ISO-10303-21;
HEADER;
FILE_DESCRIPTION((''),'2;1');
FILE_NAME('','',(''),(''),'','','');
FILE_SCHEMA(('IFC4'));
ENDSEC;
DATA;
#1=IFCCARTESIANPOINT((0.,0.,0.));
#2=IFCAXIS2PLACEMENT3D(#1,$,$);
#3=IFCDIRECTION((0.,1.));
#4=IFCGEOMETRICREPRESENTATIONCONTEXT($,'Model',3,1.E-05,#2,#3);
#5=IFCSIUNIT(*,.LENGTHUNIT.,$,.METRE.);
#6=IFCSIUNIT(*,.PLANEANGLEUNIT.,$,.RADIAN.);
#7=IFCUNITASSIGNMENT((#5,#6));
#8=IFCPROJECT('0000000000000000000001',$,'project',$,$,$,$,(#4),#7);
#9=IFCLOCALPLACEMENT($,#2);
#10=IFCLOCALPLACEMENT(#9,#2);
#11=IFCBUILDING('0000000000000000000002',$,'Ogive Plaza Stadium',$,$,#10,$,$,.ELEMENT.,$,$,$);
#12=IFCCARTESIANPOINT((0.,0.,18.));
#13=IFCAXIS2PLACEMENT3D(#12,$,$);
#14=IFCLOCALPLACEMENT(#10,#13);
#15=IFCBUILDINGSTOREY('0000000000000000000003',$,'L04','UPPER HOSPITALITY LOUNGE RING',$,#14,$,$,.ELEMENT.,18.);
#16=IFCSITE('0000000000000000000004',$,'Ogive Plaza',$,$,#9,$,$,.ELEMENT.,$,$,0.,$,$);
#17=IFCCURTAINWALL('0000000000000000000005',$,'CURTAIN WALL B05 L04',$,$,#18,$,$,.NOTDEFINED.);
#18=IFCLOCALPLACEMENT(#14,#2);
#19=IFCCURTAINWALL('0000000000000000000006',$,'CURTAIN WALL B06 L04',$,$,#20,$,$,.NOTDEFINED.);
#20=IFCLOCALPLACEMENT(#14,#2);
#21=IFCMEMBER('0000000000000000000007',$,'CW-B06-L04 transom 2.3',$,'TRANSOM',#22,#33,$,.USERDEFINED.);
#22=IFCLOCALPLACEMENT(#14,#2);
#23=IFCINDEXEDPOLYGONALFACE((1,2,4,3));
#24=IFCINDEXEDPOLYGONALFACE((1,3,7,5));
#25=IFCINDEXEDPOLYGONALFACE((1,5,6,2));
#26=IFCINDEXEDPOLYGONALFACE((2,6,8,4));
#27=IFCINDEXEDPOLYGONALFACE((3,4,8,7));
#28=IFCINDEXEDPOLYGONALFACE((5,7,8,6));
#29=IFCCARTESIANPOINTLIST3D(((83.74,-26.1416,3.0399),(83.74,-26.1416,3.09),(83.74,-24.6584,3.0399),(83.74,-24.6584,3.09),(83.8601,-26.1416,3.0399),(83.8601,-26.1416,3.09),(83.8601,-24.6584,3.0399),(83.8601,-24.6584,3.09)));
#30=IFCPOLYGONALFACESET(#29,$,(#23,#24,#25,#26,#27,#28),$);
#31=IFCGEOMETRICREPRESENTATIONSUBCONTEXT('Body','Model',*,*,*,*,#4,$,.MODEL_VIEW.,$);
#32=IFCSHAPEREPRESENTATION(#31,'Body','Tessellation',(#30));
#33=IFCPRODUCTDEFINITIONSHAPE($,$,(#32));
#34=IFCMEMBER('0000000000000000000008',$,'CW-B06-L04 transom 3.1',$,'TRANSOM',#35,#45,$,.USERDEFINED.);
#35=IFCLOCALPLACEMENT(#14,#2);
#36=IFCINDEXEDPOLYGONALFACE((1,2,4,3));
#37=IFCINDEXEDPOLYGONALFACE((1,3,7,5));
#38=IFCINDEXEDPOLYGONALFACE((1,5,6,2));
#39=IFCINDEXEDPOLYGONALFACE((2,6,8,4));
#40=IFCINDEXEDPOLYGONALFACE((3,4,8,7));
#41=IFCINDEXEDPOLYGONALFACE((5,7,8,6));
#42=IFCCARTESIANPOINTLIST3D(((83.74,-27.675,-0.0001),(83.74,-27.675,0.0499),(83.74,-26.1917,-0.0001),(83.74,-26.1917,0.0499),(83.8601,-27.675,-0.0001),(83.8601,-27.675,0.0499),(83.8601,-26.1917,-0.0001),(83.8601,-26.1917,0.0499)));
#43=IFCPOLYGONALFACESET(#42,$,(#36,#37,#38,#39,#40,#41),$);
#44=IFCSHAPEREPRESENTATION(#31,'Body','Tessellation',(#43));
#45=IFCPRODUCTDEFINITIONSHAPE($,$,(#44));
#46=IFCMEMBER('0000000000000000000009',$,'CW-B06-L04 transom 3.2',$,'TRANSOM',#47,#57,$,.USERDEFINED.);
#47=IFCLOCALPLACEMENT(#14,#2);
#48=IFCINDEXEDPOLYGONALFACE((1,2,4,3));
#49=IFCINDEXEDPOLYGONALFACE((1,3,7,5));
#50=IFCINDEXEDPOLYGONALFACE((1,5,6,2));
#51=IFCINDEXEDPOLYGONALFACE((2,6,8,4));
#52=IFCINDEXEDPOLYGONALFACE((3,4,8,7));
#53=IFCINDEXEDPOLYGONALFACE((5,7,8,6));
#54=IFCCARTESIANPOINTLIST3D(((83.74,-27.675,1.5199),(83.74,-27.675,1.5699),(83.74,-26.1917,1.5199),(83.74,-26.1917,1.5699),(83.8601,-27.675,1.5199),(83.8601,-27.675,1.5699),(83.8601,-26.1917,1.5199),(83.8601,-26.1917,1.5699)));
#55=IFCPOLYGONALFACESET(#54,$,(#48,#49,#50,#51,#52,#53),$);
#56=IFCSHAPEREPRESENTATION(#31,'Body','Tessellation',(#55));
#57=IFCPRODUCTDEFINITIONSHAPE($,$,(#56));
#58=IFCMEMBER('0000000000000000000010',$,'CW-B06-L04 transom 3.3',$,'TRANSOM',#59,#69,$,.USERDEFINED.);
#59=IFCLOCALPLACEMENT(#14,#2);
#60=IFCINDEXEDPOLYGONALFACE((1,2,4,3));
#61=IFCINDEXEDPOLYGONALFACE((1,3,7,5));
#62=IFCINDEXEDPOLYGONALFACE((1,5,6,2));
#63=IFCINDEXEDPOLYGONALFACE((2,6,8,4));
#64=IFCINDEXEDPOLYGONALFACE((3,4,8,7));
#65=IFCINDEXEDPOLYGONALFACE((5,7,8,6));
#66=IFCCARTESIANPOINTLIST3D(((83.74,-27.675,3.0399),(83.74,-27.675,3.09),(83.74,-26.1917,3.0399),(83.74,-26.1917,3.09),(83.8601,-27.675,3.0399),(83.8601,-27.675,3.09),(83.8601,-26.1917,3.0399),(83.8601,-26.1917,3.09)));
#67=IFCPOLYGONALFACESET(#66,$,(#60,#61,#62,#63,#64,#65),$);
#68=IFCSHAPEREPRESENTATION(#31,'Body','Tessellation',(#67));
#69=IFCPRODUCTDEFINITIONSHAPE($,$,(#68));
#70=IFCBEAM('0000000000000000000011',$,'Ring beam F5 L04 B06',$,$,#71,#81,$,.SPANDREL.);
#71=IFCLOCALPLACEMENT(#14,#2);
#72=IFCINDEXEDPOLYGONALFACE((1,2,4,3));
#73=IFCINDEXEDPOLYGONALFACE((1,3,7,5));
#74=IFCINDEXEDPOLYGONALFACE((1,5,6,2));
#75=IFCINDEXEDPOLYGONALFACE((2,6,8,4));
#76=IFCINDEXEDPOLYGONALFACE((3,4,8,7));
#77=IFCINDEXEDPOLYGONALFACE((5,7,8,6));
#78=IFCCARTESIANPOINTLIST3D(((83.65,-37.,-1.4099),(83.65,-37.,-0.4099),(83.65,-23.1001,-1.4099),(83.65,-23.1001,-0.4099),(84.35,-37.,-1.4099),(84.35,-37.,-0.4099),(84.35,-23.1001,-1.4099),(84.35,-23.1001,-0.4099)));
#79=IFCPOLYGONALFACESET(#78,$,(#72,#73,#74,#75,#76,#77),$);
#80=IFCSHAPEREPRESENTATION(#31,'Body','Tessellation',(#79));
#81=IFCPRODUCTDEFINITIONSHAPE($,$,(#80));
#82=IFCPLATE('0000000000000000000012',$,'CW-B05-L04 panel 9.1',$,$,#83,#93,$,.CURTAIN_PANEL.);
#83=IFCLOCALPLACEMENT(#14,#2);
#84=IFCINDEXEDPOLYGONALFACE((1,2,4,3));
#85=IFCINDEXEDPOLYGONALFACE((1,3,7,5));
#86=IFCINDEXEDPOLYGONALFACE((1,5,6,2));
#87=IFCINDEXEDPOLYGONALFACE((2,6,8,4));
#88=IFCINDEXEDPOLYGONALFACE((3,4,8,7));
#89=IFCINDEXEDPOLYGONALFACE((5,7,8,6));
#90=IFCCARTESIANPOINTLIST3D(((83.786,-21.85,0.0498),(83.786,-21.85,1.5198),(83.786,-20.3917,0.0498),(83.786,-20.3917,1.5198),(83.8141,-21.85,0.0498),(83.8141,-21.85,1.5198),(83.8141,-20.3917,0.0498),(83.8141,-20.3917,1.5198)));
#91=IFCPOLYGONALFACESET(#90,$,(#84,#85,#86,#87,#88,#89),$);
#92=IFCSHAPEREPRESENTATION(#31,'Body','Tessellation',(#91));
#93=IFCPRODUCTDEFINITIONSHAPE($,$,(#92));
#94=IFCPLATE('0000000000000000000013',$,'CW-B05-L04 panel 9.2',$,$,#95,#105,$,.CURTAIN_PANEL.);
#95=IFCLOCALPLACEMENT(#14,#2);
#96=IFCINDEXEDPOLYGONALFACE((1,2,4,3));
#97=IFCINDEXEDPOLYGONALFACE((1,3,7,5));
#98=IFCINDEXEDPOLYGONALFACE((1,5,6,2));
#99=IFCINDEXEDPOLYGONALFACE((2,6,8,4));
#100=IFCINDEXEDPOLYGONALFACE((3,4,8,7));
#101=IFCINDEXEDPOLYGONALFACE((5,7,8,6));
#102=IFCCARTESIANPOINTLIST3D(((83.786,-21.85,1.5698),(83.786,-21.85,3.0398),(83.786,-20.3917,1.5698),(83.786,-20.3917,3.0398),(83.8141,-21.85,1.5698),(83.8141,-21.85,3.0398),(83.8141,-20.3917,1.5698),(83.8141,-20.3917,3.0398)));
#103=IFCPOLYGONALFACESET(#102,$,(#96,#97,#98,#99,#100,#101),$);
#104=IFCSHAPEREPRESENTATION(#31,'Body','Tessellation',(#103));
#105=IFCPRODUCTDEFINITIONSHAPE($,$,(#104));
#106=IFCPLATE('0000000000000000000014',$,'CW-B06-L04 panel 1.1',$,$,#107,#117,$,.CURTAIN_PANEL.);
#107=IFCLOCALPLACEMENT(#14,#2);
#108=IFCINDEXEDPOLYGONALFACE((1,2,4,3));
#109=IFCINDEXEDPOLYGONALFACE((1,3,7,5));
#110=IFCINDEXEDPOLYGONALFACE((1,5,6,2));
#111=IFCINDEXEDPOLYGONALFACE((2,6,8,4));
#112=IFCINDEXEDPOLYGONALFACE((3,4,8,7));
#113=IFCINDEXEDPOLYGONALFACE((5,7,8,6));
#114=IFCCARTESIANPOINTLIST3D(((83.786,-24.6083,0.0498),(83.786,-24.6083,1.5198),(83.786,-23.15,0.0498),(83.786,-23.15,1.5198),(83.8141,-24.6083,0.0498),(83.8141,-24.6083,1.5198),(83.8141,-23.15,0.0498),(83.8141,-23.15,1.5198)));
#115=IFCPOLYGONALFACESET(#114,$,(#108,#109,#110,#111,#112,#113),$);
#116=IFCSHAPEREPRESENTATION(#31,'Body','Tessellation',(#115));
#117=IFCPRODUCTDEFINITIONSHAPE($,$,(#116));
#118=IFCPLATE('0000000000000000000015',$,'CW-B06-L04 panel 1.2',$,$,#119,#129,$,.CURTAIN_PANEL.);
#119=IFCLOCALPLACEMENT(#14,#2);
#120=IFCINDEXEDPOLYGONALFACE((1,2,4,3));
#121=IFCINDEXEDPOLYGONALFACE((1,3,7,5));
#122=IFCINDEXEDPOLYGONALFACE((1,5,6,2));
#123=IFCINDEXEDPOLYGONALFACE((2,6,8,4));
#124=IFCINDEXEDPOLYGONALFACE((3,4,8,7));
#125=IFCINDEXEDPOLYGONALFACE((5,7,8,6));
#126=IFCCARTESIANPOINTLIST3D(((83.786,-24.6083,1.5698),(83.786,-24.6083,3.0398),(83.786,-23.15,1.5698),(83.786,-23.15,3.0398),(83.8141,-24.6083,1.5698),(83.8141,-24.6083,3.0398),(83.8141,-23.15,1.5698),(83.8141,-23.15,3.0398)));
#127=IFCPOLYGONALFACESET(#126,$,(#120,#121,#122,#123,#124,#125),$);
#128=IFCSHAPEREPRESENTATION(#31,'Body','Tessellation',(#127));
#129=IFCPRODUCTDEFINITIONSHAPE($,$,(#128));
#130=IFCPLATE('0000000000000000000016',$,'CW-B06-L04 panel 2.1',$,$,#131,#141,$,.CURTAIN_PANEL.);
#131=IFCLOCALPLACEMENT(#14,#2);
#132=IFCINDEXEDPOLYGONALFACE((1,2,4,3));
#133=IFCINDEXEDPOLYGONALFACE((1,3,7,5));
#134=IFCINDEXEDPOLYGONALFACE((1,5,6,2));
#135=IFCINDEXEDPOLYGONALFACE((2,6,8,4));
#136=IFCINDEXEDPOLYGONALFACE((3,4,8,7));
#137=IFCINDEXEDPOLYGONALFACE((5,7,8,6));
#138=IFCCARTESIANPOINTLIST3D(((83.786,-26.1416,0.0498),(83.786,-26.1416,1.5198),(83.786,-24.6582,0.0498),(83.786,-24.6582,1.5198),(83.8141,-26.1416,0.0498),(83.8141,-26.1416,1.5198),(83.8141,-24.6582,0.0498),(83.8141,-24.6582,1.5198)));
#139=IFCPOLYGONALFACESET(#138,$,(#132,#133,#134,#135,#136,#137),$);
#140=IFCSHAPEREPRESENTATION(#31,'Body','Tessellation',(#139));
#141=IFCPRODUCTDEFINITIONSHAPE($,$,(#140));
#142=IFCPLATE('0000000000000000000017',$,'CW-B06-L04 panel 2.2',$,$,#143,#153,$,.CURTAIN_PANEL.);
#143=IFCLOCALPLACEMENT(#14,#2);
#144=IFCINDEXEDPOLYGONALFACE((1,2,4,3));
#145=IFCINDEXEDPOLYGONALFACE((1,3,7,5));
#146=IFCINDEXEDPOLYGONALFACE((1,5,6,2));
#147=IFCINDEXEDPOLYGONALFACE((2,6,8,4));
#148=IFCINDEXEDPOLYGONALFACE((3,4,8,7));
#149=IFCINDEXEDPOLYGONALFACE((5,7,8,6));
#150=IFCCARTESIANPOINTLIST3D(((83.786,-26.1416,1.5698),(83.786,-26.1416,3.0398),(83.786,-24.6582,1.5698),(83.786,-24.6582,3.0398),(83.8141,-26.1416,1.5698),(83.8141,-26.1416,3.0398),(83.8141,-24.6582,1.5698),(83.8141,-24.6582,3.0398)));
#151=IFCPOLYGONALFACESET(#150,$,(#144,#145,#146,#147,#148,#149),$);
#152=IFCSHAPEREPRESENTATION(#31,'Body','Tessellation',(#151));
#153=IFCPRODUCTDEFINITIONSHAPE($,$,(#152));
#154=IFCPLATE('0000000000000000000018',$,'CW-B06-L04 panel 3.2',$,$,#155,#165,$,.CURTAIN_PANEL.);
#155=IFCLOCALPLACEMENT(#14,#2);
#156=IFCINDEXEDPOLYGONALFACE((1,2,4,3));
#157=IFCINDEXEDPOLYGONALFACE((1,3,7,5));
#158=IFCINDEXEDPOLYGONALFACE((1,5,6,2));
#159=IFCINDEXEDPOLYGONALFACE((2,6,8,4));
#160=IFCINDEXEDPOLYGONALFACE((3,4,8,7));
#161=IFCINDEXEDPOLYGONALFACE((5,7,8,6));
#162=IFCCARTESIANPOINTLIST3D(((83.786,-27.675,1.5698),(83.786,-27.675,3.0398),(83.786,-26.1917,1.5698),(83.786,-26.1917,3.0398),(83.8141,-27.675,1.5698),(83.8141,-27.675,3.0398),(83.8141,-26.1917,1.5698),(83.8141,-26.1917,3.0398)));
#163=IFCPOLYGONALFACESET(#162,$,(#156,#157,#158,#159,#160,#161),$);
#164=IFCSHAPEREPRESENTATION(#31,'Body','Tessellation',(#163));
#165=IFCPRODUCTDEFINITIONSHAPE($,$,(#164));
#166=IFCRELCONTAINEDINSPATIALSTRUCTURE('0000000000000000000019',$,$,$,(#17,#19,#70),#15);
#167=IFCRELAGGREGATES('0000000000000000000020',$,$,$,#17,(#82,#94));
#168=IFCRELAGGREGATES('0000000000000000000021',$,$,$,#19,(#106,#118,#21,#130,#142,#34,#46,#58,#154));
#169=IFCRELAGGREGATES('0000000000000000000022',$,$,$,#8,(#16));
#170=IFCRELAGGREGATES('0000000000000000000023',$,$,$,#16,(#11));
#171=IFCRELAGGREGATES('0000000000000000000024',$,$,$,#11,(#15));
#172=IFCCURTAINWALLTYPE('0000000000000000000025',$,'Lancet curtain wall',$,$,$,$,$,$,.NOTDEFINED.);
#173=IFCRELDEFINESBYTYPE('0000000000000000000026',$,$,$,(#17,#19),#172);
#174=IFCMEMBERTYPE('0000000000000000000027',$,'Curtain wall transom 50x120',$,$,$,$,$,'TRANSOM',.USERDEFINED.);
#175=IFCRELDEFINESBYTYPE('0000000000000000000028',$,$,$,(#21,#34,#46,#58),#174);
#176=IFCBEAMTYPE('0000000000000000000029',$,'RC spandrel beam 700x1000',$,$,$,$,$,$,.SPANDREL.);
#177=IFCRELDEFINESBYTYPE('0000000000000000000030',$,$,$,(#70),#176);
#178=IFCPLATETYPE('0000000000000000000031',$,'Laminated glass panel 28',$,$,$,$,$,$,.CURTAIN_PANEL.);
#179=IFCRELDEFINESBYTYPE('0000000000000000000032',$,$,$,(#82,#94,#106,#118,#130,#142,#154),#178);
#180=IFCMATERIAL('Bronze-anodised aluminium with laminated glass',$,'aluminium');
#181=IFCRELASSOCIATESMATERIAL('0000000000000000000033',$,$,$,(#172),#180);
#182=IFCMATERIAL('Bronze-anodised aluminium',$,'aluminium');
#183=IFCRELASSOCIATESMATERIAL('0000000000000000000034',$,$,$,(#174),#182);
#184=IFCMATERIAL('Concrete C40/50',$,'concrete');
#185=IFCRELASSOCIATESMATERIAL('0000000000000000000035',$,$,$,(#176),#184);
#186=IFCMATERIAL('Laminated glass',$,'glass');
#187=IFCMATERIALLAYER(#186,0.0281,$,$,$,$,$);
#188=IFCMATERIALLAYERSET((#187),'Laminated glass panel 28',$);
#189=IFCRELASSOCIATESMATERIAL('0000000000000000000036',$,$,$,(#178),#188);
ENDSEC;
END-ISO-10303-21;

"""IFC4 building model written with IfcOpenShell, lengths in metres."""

from ifc_helpers import new_model, si_unit, direction, frame, origin, origin_2d, place, context, subcontext, project, spatial, rectangle, extrude, material, layer, layer_set, material_profile, profile_set, type_object, element, aggregate, save


model = new_model("IFC4")

# Units and contexts
model_context = context("Model", 3, precision=1e-05, world=origin(), true_north=direction((0.0, 1.0)))
body_context = subcontext(model_context, "Body", "Model", "MODEL_VIEW")
ifc_project = project(units=[si_unit("LENGTHUNIT", "METRE"), si_unit("PLANEANGLEUNIT", "RADIAN")], contexts=[model_context])

# Site, building, storey
site_placement = place(None, origin())
site = spatial("IfcSite", under=ifc_project, at=site_placement, Name="Ogive Plaza", CompositionType="ELEMENT", RefElevation=0.0)
building_placement = place(site_placement, origin())
building = spatial("IfcBuilding", under=site, at=building_placement, Name="Ogive Plaza Stadium", CompositionType="ELEMENT")
storey_placement = place(building_placement, frame((0.0, 0.0, 18.0)))
storey = spatial("IfcBuildingStorey", under=building, at=storey_placement, Name="L04", Description="UPPER HOSPITALITY LOUNGE RING", CompositionType="ELEMENT", Elevation=18.0)

# Curtain walls
ifc_material_1 = material(Name="Bronze-anodised aluminium with laminated glass", Category="aluminium")
curtain_wall_type = type_object("IfcCurtainWallType", Name="Lancet curtain wall", PredefinedType="NOTDEFINED", material=ifc_material_1)
curtain_wall_1_placement = place(storey_placement, origin())
curtain_wall_1 = element("IfcCurtainWall", 1, at=curtain_wall_1_placement, inside=storey, type_object=curtain_wall_type, Name="CURTAIN WALL B05 L04", PredefinedType="NOTDEFINED")
curtain_wall_2_placement = place(storey_placement, origin())
curtain_wall_2 = element("IfcCurtainWall", 2, at=curtain_wall_2_placement, inside=storey, type_object=curtain_wall_type, Name="CURTAIN WALL B06 L04", PredefinedType="NOTDEFINED")

# Members
ifc_material_2 = material(Name="Bronze-anodised aluminium", Category="aluminium")
ifc_material_profile_1 = material_profile(ifc_material_2, rectangle(XDim=0.1201, YDim=0.05, at=origin_2d()), Name="AL 120x50")
ifc_profile_set_1 = profile_set([ifc_material_profile_1], Name="Bronze-anodised aluminium")
member_type_1 = type_object("IfcMemberType", Name="Curtain wall transom 50x120", ElementType="TRANSOM", PredefinedType="USERDEFINED", material=ifc_profile_set_1)
member_1_placement = place(storey_placement, frame((83.8, -24.6584, 3.0649), z_axis=(0.0, -1.0, 0.0), x_axis=(1.0, 0.0, 0.0)))
member_1 = element("IfcMember", 3, at=member_1_placement, type_object=member_type_1, Name="CW-B06-L04 transom 2.3", ObjectType="TRANSOM", PredefinedType="USERDEFINED", context=body_context, shape_type="SweptSolid", body=[
    extrude(rectangle(XDim=0.1201, YDim=0.05, at=origin_2d()), origin(), (0.0, 0.0, 1.0), 1.4832),
])
member_2_placement = place(storey_placement, frame((83.8, -26.1917, 0.0249), z_axis=(0.0, -1.0, 0.0), x_axis=(1.0, 0.0, 0.0)))
member_2 = element("IfcMember", 4, at=member_2_placement, type_object=member_type_1, Name="CW-B06-L04 transom 3.1", ObjectType="TRANSOM", PredefinedType="USERDEFINED", context=body_context, shape_type="SweptSolid", body=[
    extrude(rectangle(XDim=0.1201, YDim=0.05, at=origin_2d()), origin(), (0.0, 0.0, 1.0), 1.4834),
])
member_3_placement = place(storey_placement, frame((83.8, -26.1917, 1.5449), z_axis=(0.0, -1.0, 0.0), x_axis=(1.0, 0.0, 0.0)))
member_3 = element("IfcMember", 5, at=member_3_placement, type_object=member_type_1, Name="CW-B06-L04 transom 3.2", ObjectType="TRANSOM", PredefinedType="USERDEFINED", context=body_context, shape_type="SweptSolid", body=[
    extrude(rectangle(XDim=0.1201, YDim=0.05, at=origin_2d()), origin(), (0.0, 0.0, 1.0), 1.4834),
])
member_4_placement = place(storey_placement, frame((83.8, -26.1917, 3.0649), z_axis=(0.0, -1.0, 0.0), x_axis=(1.0, 0.0, 0.0)))
member_4 = element("IfcMember", 6, at=member_4_placement, type_object=member_type_1, Name="CW-B06-L04 transom 3.3", ObjectType="TRANSOM", PredefinedType="USERDEFINED", context=body_context, shape_type="SweptSolid", body=[
    extrude(rectangle(XDim=0.1201, YDim=0.05, at=origin_2d()), origin(), (0.0, 0.0, 1.0), 1.4834),
])

# Beam
ifc_material_3 = material(Name="Concrete C40/50", Category="concrete")
ifc_material_profile_2 = material_profile(ifc_material_3, rectangle(XDim=0.7, YDim=1.0, at=origin_2d()), Name="RC 700x1000")
ifc_profile_set_2 = profile_set([ifc_material_profile_2], Name="Concrete C40/50")
beam_type = type_object("IfcBeamType", Name="RC spandrel beam 700x1000", PredefinedType="SPANDREL", material=ifc_profile_set_2)
beam_placement = place(storey_placement, frame((84.0, -23.1001, -0.9099), z_axis=(0.0, -1.0, 0.0), x_axis=(1.0, 0.0, 0.0)))
element("IfcBeam", 7, at=beam_placement, inside=storey, type_object=beam_type, Name="Ring beam F5 L04 B06", PredefinedType="SPANDREL", context=body_context, shape_type="SweptSolid", body=[
    extrude(rectangle(XDim=0.7, YDim=1.0, at=origin_2d()), origin(), (0.0, 0.0, 1.0), 13.8999),
])

# Plates
ifc_material_4 = material(Name="Laminated glass", Category="glass")
ifc_layer = layer(ifc_material_4, 0.0281)
ifc_layer_set = layer_set([ifc_layer], Name="Laminated glass panel 28")
plate_type = type_object("IfcPlateType", Name="Laminated glass panel 28", PredefinedType="CURTAIN_PANEL", material=ifc_layer_set)
plate_1_placement = place(storey_placement, frame((83.8, -21.1208, 0.0498), z_axis=(0.0, 0.0, 1.0), x_axis=(0.0, -1.0, 0.0)))
plate_1 = element("IfcPlate", 8, at=plate_1_placement, type_object=plate_type, Name="CW-B05-L04 panel 9.1", PredefinedType="CURTAIN_PANEL", context=body_context, shape_type="SweptSolid", body=[
    extrude(rectangle(XDim=1.4583, YDim=0.0281, at=origin_2d()), origin(), (0.0, 0.0, 1.0), 1.47),
])
plate_2_placement = place(storey_placement, frame((83.8, -21.1208, 1.5698), z_axis=(0.0, 0.0, 1.0), x_axis=(0.0, -1.0, 0.0)))
plate_2 = element("IfcPlate", 9, at=plate_2_placement, type_object=plate_type, Name="CW-B05-L04 panel 9.2", PredefinedType="CURTAIN_PANEL", context=body_context, shape_type="SweptSolid", body=[
    extrude(rectangle(XDim=1.4583, YDim=0.0281, at=origin_2d()), origin(), (0.0, 0.0, 1.0), 1.47),
])
aggregate(curtain_wall_1, [plate_1, plate_2])
plate_3_placement = place(storey_placement, frame((83.8, -23.8792, 0.0498), z_axis=(0.0, 0.0, 1.0), x_axis=(0.0, -1.0, 0.0)))
plate_3 = element("IfcPlate", 10, at=plate_3_placement, type_object=plate_type, Name="CW-B06-L04 panel 1.1", PredefinedType="CURTAIN_PANEL", context=body_context, shape_type="SweptSolid", body=[
    extrude(rectangle(XDim=1.4583, YDim=0.0281, at=origin_2d()), origin(), (0.0, 0.0, 1.0), 1.47),
])
plate_4_placement = place(storey_placement, frame((83.8, -23.8792, 1.5698), z_axis=(0.0, 0.0, 1.0), x_axis=(0.0, -1.0, 0.0)))
plate_4 = element("IfcPlate", 11, at=plate_4_placement, type_object=plate_type, Name="CW-B06-L04 panel 1.2", PredefinedType="CURTAIN_PANEL", context=body_context, shape_type="SweptSolid", body=[
    extrude(rectangle(XDim=1.4583, YDim=0.0281, at=origin_2d()), origin(), (0.0, 0.0, 1.0), 1.47),
])
plate_5_placement = place(storey_placement, frame((83.8, -25.3999, 0.0498), z_axis=(0.0, 0.0, 1.0), x_axis=(0.0, -1.0, 0.0)))
plate_5 = element("IfcPlate", 12, at=plate_5_placement, type_object=plate_type, Name="CW-B06-L04 panel 2.1", PredefinedType="CURTAIN_PANEL", context=body_context, shape_type="SweptSolid", body=[
    extrude(rectangle(XDim=1.4834, YDim=0.0281, at=origin_2d()), origin(), (0.0, 0.0, 1.0), 1.47),
])
plate_6_placement = place(storey_placement, frame((83.8, -25.3999, 1.5698), z_axis=(0.0, 0.0, 1.0), x_axis=(0.0, -1.0, 0.0)))
plate_6 = element("IfcPlate", 13, at=plate_6_placement, type_object=plate_type, Name="CW-B06-L04 panel 2.2", PredefinedType="CURTAIN_PANEL", context=body_context, shape_type="SweptSolid", body=[
    extrude(rectangle(XDim=1.4834, YDim=0.0281, at=origin_2d()), origin(), (0.0, 0.0, 1.0), 1.47),
])
plate_7_placement = place(storey_placement, frame((83.8, -26.9333, 1.5698), z_axis=(0.0, 0.0, 1.0), x_axis=(0.0, -1.0, 0.0)))
plate_7 = element("IfcPlate", 14, at=plate_7_placement, type_object=plate_type, Name="CW-B06-L04 panel 3.2", PredefinedType="CURTAIN_PANEL", context=body_context, shape_type="SweptSolid", body=[
    extrude(rectangle(XDim=1.4834, YDim=0.0281, at=origin_2d()), origin(), (0.0, 0.0, 1.0), 1.47),
])
aggregate(curtain_wall_2, [plate_3, plate_4, member_1, plate_5, plate_6, member_2, member_3, member_4, plate_7])

save(model, "model.ifc")
